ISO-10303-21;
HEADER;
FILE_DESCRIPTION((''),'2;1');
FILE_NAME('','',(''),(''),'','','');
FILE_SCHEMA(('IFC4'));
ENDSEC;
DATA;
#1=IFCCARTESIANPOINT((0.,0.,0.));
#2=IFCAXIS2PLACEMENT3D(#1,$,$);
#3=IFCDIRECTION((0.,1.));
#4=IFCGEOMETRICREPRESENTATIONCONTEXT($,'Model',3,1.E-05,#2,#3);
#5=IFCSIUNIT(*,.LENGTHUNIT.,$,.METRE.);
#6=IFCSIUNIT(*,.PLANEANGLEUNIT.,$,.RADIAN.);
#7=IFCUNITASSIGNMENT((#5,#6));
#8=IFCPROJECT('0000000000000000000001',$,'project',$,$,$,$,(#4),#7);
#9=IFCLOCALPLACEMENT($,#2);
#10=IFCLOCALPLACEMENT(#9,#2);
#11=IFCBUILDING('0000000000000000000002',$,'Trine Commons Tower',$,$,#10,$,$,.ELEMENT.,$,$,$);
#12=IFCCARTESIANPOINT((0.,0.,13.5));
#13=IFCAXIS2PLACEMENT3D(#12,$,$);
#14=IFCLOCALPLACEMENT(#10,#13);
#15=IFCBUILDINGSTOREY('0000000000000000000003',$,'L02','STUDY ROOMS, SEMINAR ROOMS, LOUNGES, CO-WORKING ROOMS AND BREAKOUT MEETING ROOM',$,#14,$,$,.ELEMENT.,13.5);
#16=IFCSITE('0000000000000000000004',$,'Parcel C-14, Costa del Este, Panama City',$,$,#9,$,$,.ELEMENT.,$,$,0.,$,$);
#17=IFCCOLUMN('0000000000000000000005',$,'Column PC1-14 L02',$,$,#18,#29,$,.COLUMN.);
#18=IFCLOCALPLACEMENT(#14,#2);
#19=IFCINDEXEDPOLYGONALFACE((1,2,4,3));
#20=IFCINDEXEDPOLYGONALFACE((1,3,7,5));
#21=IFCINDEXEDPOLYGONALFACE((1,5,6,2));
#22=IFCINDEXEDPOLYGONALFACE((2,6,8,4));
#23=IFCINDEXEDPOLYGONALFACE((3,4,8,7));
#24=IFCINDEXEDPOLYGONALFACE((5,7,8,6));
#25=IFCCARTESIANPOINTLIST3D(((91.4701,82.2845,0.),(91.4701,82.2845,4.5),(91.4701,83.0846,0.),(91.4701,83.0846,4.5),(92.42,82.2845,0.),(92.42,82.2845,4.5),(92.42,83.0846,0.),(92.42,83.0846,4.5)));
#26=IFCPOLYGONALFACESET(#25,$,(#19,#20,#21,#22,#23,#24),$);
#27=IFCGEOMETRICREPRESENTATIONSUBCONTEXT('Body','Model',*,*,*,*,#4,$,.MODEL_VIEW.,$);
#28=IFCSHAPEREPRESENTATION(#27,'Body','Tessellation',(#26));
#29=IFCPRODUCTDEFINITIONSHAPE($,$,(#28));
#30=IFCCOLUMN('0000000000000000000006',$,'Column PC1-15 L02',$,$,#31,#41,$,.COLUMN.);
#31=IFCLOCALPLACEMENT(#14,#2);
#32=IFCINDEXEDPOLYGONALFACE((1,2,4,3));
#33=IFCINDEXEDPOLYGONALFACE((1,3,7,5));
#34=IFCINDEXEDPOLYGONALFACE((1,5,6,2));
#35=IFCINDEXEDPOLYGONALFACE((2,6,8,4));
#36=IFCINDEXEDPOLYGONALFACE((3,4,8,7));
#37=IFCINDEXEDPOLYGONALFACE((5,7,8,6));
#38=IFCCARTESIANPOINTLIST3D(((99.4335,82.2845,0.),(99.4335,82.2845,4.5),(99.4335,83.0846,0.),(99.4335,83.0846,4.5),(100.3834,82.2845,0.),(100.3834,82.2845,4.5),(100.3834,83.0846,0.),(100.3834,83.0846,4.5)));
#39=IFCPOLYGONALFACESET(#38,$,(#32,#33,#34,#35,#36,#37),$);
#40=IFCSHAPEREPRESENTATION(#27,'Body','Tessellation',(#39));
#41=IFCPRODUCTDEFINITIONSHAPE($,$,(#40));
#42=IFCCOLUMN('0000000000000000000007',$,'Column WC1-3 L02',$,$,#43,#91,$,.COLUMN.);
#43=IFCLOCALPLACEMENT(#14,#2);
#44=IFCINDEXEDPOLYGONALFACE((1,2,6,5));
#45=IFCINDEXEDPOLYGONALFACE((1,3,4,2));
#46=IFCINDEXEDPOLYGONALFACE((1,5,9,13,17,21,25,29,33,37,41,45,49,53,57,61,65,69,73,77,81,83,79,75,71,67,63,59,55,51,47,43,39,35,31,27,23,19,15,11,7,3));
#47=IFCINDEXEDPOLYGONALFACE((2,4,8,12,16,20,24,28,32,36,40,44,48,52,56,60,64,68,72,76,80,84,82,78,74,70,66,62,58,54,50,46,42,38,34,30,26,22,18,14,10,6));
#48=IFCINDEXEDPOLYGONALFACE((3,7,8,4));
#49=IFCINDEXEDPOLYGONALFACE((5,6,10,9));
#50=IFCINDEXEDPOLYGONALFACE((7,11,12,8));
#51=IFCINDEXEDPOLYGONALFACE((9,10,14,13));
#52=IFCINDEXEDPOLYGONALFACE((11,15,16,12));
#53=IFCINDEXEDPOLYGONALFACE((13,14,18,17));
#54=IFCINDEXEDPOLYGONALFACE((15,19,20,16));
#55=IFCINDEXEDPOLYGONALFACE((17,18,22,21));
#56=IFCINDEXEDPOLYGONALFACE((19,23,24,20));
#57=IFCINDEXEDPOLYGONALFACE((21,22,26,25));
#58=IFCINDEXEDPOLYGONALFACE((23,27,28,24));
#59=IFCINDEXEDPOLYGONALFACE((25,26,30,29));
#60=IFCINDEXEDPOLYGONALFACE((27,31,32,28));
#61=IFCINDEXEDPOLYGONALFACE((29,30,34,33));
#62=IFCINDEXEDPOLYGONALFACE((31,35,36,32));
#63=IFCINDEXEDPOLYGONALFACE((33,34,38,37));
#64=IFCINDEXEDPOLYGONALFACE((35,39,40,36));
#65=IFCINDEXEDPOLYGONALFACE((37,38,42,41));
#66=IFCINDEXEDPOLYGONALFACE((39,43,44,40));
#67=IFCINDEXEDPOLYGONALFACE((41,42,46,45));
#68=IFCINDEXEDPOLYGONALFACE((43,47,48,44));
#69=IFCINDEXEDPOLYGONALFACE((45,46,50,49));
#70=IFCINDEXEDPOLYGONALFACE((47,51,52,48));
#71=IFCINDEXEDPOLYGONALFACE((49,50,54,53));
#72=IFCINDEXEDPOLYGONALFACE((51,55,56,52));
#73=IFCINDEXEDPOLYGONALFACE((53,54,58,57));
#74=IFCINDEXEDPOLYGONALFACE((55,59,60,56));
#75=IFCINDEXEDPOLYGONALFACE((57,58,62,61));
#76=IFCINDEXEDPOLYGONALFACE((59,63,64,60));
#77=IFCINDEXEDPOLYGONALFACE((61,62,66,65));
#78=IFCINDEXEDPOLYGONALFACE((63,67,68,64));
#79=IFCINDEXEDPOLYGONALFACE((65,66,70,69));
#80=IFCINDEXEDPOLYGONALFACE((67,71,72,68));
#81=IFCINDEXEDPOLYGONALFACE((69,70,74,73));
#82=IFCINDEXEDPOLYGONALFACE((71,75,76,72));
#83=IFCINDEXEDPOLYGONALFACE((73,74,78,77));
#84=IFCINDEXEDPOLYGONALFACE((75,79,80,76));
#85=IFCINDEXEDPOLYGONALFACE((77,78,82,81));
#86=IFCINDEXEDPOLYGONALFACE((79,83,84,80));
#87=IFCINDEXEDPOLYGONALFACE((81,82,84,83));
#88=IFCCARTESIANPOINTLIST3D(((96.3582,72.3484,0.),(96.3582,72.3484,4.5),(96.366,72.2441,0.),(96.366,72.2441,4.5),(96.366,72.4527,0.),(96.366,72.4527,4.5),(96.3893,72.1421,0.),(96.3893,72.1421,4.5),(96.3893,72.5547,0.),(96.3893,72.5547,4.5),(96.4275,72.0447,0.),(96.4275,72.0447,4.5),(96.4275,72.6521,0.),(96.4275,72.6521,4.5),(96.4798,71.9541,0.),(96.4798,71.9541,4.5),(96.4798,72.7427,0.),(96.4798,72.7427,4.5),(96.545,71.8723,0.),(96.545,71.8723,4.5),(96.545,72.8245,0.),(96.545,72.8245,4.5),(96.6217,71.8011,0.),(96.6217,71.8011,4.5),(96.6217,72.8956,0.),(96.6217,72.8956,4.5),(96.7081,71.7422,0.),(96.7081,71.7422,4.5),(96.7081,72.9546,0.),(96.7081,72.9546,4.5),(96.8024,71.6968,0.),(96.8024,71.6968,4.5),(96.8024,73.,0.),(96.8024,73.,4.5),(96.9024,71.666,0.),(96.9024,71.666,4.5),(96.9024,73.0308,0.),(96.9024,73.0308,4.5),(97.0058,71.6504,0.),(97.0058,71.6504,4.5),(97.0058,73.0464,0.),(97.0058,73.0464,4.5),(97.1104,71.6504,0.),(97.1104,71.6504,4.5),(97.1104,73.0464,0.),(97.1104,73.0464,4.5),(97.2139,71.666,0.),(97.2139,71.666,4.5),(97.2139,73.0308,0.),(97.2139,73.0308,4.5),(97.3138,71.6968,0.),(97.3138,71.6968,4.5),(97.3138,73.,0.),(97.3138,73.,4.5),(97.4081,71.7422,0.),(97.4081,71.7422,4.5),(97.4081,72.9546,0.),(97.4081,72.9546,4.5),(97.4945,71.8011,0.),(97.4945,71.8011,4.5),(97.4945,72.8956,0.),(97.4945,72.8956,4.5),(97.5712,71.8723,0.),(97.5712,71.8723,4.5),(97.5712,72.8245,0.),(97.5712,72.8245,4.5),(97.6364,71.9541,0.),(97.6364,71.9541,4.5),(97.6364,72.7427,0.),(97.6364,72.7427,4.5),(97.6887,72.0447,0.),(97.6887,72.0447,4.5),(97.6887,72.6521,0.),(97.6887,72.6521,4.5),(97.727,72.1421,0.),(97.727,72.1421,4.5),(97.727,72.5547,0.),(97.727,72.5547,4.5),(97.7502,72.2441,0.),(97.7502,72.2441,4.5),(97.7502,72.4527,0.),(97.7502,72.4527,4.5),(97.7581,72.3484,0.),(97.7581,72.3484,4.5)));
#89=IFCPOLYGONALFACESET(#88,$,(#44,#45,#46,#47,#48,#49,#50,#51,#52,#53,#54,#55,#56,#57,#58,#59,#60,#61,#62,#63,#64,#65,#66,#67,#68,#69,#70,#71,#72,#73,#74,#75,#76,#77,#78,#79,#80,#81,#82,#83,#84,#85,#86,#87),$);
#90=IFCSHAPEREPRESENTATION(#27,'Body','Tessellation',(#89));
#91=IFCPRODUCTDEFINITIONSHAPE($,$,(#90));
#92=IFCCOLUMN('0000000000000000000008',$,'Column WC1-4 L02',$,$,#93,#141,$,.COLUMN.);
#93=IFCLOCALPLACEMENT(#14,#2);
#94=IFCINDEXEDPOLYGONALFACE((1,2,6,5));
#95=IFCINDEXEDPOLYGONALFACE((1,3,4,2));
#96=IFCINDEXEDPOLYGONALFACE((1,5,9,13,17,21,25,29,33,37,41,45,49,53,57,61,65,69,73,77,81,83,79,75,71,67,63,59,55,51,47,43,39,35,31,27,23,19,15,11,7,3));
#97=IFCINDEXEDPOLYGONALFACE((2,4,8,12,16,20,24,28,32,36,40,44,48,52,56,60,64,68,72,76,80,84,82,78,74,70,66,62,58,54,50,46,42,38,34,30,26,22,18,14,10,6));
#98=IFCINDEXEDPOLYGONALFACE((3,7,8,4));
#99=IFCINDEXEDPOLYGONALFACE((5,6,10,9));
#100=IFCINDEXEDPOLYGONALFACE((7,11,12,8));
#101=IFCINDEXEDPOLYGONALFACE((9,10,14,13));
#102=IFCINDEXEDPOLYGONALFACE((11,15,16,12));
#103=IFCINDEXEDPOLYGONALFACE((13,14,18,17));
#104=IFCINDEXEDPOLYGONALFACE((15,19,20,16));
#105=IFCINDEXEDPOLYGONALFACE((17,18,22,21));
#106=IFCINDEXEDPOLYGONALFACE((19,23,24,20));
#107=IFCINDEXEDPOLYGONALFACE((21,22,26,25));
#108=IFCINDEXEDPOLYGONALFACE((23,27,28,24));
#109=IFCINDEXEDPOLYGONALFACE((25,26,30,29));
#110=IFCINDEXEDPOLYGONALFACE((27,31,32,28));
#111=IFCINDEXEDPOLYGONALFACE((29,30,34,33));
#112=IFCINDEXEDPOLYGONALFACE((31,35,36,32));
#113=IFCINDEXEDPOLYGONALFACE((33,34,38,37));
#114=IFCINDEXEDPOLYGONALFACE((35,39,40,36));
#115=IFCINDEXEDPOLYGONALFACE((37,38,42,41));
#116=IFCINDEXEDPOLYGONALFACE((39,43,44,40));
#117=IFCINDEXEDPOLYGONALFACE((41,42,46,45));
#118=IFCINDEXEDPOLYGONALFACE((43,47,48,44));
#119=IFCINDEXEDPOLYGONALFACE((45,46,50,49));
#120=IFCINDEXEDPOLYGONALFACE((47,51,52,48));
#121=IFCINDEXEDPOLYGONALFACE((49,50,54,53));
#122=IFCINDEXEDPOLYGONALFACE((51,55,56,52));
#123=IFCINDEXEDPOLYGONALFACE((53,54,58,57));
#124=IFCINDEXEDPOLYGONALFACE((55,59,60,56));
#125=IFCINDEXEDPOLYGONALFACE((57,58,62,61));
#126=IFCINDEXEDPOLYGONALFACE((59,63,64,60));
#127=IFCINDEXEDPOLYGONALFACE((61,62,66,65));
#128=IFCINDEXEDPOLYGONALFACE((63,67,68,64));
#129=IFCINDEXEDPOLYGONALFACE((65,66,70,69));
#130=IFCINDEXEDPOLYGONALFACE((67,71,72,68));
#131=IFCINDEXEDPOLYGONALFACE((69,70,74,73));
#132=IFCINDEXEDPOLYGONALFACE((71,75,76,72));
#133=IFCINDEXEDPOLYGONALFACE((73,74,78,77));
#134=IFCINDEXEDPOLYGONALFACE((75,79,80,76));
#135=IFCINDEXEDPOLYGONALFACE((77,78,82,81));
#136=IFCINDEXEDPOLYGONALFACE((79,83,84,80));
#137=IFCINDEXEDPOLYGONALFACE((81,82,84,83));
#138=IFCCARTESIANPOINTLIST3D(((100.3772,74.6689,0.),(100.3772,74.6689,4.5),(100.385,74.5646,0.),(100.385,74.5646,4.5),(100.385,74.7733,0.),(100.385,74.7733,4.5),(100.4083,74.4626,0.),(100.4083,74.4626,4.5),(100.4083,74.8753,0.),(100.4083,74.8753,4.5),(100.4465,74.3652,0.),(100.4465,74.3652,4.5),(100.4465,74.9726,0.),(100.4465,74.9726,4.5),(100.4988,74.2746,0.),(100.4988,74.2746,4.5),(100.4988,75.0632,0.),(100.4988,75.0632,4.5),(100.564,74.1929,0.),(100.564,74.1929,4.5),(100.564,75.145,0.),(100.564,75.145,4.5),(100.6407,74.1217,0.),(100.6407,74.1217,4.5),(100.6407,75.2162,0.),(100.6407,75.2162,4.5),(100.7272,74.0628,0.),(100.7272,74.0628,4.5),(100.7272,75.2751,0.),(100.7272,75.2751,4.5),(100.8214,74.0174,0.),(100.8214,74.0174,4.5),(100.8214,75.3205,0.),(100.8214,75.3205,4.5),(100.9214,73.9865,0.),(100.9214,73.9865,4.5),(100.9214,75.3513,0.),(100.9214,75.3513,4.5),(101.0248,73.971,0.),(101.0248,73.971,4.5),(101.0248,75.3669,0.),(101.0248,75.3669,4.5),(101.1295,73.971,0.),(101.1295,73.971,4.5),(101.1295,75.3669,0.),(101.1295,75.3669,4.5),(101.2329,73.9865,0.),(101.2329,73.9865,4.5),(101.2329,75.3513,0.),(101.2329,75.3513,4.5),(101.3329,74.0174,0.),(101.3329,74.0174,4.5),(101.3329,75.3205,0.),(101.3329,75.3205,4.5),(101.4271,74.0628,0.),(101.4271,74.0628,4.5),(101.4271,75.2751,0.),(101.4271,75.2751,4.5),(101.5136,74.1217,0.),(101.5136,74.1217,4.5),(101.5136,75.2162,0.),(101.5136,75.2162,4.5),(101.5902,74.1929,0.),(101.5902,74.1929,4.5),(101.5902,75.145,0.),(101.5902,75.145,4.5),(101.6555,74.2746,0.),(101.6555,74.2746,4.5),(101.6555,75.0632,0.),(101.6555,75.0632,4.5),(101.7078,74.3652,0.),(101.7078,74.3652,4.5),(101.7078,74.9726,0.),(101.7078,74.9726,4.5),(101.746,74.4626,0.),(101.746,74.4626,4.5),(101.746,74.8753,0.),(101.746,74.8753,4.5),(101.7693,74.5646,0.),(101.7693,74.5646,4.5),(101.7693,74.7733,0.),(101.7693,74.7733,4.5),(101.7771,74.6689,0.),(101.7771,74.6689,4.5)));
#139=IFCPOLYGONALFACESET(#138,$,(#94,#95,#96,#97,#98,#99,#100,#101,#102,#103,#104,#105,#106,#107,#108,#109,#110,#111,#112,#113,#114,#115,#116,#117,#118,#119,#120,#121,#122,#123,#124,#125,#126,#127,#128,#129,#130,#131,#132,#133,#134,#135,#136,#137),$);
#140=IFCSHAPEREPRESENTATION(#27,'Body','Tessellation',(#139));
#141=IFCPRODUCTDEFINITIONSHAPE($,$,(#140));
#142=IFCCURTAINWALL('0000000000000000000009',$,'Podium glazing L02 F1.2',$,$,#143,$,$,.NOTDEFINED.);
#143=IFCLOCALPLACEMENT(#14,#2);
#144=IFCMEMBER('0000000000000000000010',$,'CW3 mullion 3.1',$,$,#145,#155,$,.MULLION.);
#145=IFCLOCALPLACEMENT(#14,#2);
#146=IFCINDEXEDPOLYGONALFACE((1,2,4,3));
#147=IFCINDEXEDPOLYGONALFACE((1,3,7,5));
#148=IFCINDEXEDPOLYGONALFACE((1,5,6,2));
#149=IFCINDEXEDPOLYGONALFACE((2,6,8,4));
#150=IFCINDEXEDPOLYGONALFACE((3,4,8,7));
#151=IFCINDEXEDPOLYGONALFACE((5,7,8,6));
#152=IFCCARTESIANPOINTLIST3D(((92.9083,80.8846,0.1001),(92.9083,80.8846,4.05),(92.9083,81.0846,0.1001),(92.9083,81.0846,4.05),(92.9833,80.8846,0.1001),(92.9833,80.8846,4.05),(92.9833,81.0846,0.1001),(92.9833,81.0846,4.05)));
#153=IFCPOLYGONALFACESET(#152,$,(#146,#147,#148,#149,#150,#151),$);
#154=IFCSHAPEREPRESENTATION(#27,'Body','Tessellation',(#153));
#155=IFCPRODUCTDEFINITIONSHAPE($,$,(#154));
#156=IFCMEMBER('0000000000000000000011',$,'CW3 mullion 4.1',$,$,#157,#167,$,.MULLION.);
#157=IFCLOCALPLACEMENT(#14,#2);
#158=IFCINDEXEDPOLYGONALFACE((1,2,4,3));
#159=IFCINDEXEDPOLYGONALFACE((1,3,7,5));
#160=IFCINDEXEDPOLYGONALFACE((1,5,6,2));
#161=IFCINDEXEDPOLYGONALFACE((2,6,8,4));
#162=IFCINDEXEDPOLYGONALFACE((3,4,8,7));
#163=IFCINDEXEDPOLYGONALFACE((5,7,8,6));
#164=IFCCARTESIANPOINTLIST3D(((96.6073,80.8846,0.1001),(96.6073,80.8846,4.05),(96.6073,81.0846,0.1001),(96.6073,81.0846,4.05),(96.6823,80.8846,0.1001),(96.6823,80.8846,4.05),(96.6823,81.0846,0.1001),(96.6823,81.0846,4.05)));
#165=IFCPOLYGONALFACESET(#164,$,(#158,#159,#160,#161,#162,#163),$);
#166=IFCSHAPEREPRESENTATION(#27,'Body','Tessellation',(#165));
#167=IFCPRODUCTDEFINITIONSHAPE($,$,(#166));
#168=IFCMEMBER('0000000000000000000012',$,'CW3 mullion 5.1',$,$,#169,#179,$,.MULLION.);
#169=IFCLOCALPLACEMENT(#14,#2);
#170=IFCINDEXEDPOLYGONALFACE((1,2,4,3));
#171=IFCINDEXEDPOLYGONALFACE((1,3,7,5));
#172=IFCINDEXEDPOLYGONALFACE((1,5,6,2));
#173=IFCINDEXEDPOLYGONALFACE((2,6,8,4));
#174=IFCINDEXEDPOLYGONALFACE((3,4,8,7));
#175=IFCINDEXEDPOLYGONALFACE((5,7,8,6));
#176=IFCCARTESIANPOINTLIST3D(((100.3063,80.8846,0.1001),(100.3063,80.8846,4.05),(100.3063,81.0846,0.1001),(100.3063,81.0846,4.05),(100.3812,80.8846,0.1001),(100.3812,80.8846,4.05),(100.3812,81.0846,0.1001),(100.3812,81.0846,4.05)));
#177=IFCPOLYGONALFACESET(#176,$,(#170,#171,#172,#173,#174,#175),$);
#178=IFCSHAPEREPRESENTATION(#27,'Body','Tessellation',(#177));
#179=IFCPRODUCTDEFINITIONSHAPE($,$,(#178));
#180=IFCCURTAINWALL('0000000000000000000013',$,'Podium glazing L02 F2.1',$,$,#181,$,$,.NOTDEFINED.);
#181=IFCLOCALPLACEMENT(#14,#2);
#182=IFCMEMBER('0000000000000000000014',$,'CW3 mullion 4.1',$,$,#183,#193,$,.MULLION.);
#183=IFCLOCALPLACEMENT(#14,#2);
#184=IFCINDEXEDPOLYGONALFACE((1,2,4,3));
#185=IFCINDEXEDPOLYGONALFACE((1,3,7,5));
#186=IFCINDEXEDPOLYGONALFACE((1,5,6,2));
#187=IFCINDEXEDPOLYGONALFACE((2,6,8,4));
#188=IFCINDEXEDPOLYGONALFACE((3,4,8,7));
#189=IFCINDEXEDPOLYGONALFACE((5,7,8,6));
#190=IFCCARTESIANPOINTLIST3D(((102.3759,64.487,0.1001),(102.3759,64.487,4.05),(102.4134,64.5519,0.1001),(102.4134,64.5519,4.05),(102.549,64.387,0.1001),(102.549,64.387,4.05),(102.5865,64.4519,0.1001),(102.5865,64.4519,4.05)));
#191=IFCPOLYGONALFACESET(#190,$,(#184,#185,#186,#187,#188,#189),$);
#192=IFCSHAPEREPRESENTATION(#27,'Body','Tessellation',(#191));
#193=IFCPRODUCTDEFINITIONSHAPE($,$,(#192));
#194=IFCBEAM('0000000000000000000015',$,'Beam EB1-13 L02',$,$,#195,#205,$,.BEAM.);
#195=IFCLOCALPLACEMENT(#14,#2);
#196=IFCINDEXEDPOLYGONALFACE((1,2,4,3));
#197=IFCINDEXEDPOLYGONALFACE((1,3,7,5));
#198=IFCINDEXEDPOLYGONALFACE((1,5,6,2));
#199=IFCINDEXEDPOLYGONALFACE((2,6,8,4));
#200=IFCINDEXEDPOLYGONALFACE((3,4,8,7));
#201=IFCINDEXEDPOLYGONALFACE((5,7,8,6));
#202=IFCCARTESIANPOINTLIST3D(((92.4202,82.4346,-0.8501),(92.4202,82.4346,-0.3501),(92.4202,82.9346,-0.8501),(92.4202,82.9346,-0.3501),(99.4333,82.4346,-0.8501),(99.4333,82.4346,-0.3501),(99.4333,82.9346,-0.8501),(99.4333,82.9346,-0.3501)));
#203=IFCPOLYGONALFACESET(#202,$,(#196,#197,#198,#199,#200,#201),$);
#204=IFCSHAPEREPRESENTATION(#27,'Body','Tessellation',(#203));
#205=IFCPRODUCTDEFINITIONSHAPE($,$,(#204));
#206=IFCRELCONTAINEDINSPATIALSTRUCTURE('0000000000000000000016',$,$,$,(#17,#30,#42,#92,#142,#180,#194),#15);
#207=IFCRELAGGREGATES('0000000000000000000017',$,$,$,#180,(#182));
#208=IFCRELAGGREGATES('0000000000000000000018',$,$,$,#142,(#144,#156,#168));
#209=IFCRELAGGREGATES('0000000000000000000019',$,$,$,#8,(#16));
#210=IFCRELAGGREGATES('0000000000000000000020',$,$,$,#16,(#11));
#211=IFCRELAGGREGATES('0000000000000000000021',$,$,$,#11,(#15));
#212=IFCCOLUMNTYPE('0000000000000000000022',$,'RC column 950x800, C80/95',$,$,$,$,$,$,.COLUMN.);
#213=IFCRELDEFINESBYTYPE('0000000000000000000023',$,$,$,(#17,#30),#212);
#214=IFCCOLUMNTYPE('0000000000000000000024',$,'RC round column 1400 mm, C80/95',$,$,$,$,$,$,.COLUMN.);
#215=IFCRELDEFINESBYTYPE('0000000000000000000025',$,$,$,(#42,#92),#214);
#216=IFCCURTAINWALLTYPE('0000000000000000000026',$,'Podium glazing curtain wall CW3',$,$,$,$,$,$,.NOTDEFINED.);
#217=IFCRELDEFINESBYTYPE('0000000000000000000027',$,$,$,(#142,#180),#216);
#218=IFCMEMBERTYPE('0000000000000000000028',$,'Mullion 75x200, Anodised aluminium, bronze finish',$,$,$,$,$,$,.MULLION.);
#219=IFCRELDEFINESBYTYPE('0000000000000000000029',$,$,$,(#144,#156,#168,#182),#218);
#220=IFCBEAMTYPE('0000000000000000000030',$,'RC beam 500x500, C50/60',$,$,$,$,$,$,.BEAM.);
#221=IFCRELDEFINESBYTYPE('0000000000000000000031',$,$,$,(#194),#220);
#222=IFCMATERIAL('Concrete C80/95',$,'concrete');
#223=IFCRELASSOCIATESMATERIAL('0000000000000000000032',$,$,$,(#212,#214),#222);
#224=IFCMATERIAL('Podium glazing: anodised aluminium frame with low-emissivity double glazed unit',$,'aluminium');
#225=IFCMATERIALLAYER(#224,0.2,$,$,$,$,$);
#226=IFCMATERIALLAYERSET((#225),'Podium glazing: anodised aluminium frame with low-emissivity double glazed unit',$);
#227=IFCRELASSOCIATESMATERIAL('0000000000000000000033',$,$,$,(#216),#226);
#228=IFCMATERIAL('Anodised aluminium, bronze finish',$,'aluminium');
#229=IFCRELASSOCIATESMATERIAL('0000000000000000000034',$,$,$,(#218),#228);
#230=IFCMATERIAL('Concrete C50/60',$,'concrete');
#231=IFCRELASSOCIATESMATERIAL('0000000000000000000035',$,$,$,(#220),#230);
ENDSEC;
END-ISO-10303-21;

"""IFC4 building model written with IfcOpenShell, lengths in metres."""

from ifc_helpers import new_model, si_unit, direction, frame, origin, origin_2d, place, context, subcontext, project, spatial, rectangle, circle, extrude, material, layer, layer_set, material_profile, profile_set, type_object, element, aggregate, save


model = new_model("IFC4")

# Units and contexts
model_context = context("Model", 3, precision=1e-05, world=origin(), true_north=direction((0.0, 1.0)))
body_context = subcontext(model_context, "Body", "Model", "MODEL_VIEW")
ifc_project = project(units=[si_unit("LENGTHUNIT", "METRE"), si_unit("PLANEANGLEUNIT", "RADIAN")], contexts=[model_context])

# Site, building, storey
site_placement = place(None, origin())
site = spatial("IfcSite", under=ifc_project, at=site_placement, Name="Parcel C-14, Costa del Este, Panama City", CompositionType="ELEMENT", RefElevation=0.0)
building_placement = place(site_placement, origin())
building = spatial("IfcBuilding", under=site, at=building_placement, Name="Trine Commons Tower", CompositionType="ELEMENT")
storey_placement = place(building_placement, frame((0.0, 0.0, 13.5)))
storey = spatial("IfcBuildingStorey", under=building, at=storey_placement, Name="L02", Description="STUDY ROOMS, SEMINAR ROOMS, LOUNGES, CO-WORKING ROOMS AND BREAKOUT MEETING ROOM", CompositionType="ELEMENT", Elevation=13.5)

# Columns
ifc_material_1 = material(Name="Concrete C80/95", Category="concrete")
ifc_material_profile_1 = material_profile(ifc_material_1, rectangle(XDim=0.95, YDim=0.8, at=origin_2d()), Name="RC 950x800")
ifc_profile_set_1 = profile_set([ifc_material_profile_1], Name="Concrete C80/95")
column_type_1 = type_object("IfcColumnType", Name="RC column 950x800, C80/95", PredefinedType="COLUMN", material=ifc_profile_set_1)
for number, where, z_axis, x_axis, name in (
    (1, (91.9451, 82.6846, 0.0), (0.0, 0.0, 1.0), (1.0, 0.0, 0.0), "Column PC1-14 L02"),
    (2, (99.9084, 82.6846, 0.0), (0.0, 0.0, 1.0), (1.0, 0.0, 0.0), "Column PC1-15 L02"),
):
    element("IfcColumn", number, at=place(storey_placement, frame(where, z_axis=z_axis, x_axis=x_axis)), inside=storey, type_object=column_type_1, Name=name, PredefinedType="COLUMN", context=body_context, shape_type="SweptSolid", body=[
        extrude(rectangle(XDim=0.95, YDim=0.8, at=origin_2d()), origin(), (0.0, 0.0, 1.0), 4.5),
    ])
ifc_material_profile_2 = material_profile(ifc_material_1, circle(Radius=0.7, at=origin_2d()), Name="RC round 1400")
ifc_profile_set_2 = profile_set([ifc_material_profile_2], Name="Concrete C80/95")
column_type_2 = type_object("IfcColumnType", Name="RC round column 1400 mm, C80/95", PredefinedType="COLUMN", material=ifc_profile_set_2)
for number, where, z_axis, x_axis, name in (
    (3, (97.0581, 72.3484, 0.0), (0.0, 0.0, 1.0), (1.0, 0.0, 0.0), "Column WC1-3 L02"),
    (4, (101.0771, 74.6689, 0.0), (0.0, 0.0, 1.0), (1.0, 0.0, 0.0), "Column WC1-4 L02"),
):
    element("IfcColumn", number, at=place(storey_placement, frame(where, z_axis=z_axis, x_axis=x_axis)), inside=storey, type_object=column_type_2, Name=name, PredefinedType="COLUMN", context=body_context, shape_type="SweptSolid", body=[
        extrude(circle(Radius=0.7, at=origin_2d()), origin(), (0.0, 0.0, 1.0), 4.5),
    ])

# Curtain wall, members
ifc_material_2 = material(Name="Podium glazing: anodised aluminium frame with low-emissivity double glazed unit", Category="aluminium")
ifc_layer_1 = layer(ifc_material_2, 0.2)
ifc_layer_set_1 = layer_set([ifc_layer_1], Name="Podium glazing: anodised aluminium frame with low-emissivity double glazed unit")
curtain_wall_type_1 = type_object("IfcCurtainWallType", Name="Podium glazing curtain wall CW3", PredefinedType="NOTDEFINED", material=ifc_layer_set_1)
curtain_wall_1_placement = place(storey_placement, origin())
curtain_wall_1 = element("IfcCurtainWall", 5, at=curtain_wall_1_placement, inside=storey, type_object=curtain_wall_type_1, Name="Podium glazing L02 F1.2", PredefinedType="NOTDEFINED")
ifc_material_3 = material(Name="Anodised aluminium, bronze finish", Category="aluminium")
ifc_material_profile_3 = material_profile(ifc_material_3, rectangle(XDim=0.2, YDim=0.075, at=origin_2d()), Name="Mullion 75x200")
ifc_profile_set_3 = profile_set([ifc_material_profile_3], Name="Anodised aluminium, bronze finish")
member_type_1 = type_object("IfcMemberType", Name="Mullion 75x200, Anodised aluminium, bronze finish", PredefinedType="MULLION", material=ifc_profile_set_3)
member_1_placement = place(storey_placement, frame((92.9458, 80.9846, 0.1001), z_axis=(0.0, 0.0, 1.0), x_axis=(0.0, 1.0, 0.0)))
member_1 = element("IfcMember", 6, at=member_1_placement, type_object=member_type_1, Name="CW3 mullion 3.1", PredefinedType="MULLION", context=body_context, shape_type="SweptSolid", body=[
    extrude(rectangle(XDim=0.2, YDim=0.075, at=origin_2d()), origin(), (0.0, 0.0, 1.0), 3.95),
])
member_2_placement = place(storey_placement, frame((96.6448, 80.9846, 0.1001), z_axis=(0.0, 0.0, 1.0), x_axis=(0.0, 1.0, 0.0)))
member_2 = element("IfcMember", 7, at=member_2_placement, type_object=member_type_1, Name="CW3 mullion 4.1", PredefinedType="MULLION", context=body_context, shape_type="SweptSolid", body=[
    extrude(rectangle(XDim=0.2, YDim=0.075, at=origin_2d()), origin(), (0.0, 0.0, 1.0), 3.95),
])
member_3_placement = place(storey_placement, frame((100.3438, 80.9846, 0.1001), z_axis=(0.0, 0.0, 1.0), x_axis=(0.0, 1.0, 0.0)))
member_3 = element("IfcMember", 8, at=member_3_placement, type_object=member_type_1, Name="CW3 mullion 5.1", PredefinedType="MULLION", context=body_context, shape_type="SweptSolid", body=[
    extrude(rectangle(XDim=0.2, YDim=0.075, at=origin_2d()), origin(), (0.0, 0.0, 1.0), 3.95),
])

# Curtain wall, member
curtain_wall_2_placement = place(storey_placement, origin())
curtain_wall_2 = element("IfcCurtainWall", 9, at=curtain_wall_2_placement, inside=storey, type_object=curtain_wall_type_1, Name="Podium glazing L02 F2.1", PredefinedType="NOTDEFINED")
member_4_placement = place(storey_placement, frame((102.4812, 64.4695, 0.1001), z_axis=(0.0, 0.0, 1.0), x_axis=(0.866025, -0.5, 0.0)))
member_4 = element("IfcMember", 10, at=member_4_placement, type_object=member_type_1, Name="CW3 mullion 4.1", PredefinedType="MULLION", context=body_context, shape_type="SweptSolid", body=[
    extrude(rectangle(XDim=0.2, YDim=0.075, at=origin_2d()), origin(), (0.0, 0.0, 1.0), 3.95),
])
aggregate(curtain_wall_2, [member_4])

# Beam
ifc_material_4 = material(Name="Concrete C50/60", Category="concrete")
ifc_material_profile_4 = material_profile(ifc_material_4, rectangle(XDim=0.5, YDim=0.5, at=origin_2d()), Name="RC 500x500")
ifc_profile_set_4 = profile_set([ifc_material_profile_4], Name="Concrete C50/60")
beam_type = type_object("IfcBeamType", Name="RC beam 500x500, C50/60", PredefinedType="BEAM", material=ifc_profile_set_4)
beam_1_placement = place(storey_placement, frame((92.4202, 82.6846, -0.6001), z_axis=(1.0, 0.0, 0.0), x_axis=(0.0, 1.0, 0.0)))
element("IfcBeam", 11, at=beam_1_placement, inside=storey, type_object=beam_type, Name="Beam EB1-13 L02", PredefinedType="BEAM", context=body_context, shape_type="SweptSolid", body=[
    extrude(rectangle(XDim=0.5, YDim=0.5, at=origin_2d()), origin(), (0.0, 0.0, 1.0), 7.0132),
])

aggregate(curtain_wall_1, [member_1, member_2, member_3])

save(model, "model.ifc")
